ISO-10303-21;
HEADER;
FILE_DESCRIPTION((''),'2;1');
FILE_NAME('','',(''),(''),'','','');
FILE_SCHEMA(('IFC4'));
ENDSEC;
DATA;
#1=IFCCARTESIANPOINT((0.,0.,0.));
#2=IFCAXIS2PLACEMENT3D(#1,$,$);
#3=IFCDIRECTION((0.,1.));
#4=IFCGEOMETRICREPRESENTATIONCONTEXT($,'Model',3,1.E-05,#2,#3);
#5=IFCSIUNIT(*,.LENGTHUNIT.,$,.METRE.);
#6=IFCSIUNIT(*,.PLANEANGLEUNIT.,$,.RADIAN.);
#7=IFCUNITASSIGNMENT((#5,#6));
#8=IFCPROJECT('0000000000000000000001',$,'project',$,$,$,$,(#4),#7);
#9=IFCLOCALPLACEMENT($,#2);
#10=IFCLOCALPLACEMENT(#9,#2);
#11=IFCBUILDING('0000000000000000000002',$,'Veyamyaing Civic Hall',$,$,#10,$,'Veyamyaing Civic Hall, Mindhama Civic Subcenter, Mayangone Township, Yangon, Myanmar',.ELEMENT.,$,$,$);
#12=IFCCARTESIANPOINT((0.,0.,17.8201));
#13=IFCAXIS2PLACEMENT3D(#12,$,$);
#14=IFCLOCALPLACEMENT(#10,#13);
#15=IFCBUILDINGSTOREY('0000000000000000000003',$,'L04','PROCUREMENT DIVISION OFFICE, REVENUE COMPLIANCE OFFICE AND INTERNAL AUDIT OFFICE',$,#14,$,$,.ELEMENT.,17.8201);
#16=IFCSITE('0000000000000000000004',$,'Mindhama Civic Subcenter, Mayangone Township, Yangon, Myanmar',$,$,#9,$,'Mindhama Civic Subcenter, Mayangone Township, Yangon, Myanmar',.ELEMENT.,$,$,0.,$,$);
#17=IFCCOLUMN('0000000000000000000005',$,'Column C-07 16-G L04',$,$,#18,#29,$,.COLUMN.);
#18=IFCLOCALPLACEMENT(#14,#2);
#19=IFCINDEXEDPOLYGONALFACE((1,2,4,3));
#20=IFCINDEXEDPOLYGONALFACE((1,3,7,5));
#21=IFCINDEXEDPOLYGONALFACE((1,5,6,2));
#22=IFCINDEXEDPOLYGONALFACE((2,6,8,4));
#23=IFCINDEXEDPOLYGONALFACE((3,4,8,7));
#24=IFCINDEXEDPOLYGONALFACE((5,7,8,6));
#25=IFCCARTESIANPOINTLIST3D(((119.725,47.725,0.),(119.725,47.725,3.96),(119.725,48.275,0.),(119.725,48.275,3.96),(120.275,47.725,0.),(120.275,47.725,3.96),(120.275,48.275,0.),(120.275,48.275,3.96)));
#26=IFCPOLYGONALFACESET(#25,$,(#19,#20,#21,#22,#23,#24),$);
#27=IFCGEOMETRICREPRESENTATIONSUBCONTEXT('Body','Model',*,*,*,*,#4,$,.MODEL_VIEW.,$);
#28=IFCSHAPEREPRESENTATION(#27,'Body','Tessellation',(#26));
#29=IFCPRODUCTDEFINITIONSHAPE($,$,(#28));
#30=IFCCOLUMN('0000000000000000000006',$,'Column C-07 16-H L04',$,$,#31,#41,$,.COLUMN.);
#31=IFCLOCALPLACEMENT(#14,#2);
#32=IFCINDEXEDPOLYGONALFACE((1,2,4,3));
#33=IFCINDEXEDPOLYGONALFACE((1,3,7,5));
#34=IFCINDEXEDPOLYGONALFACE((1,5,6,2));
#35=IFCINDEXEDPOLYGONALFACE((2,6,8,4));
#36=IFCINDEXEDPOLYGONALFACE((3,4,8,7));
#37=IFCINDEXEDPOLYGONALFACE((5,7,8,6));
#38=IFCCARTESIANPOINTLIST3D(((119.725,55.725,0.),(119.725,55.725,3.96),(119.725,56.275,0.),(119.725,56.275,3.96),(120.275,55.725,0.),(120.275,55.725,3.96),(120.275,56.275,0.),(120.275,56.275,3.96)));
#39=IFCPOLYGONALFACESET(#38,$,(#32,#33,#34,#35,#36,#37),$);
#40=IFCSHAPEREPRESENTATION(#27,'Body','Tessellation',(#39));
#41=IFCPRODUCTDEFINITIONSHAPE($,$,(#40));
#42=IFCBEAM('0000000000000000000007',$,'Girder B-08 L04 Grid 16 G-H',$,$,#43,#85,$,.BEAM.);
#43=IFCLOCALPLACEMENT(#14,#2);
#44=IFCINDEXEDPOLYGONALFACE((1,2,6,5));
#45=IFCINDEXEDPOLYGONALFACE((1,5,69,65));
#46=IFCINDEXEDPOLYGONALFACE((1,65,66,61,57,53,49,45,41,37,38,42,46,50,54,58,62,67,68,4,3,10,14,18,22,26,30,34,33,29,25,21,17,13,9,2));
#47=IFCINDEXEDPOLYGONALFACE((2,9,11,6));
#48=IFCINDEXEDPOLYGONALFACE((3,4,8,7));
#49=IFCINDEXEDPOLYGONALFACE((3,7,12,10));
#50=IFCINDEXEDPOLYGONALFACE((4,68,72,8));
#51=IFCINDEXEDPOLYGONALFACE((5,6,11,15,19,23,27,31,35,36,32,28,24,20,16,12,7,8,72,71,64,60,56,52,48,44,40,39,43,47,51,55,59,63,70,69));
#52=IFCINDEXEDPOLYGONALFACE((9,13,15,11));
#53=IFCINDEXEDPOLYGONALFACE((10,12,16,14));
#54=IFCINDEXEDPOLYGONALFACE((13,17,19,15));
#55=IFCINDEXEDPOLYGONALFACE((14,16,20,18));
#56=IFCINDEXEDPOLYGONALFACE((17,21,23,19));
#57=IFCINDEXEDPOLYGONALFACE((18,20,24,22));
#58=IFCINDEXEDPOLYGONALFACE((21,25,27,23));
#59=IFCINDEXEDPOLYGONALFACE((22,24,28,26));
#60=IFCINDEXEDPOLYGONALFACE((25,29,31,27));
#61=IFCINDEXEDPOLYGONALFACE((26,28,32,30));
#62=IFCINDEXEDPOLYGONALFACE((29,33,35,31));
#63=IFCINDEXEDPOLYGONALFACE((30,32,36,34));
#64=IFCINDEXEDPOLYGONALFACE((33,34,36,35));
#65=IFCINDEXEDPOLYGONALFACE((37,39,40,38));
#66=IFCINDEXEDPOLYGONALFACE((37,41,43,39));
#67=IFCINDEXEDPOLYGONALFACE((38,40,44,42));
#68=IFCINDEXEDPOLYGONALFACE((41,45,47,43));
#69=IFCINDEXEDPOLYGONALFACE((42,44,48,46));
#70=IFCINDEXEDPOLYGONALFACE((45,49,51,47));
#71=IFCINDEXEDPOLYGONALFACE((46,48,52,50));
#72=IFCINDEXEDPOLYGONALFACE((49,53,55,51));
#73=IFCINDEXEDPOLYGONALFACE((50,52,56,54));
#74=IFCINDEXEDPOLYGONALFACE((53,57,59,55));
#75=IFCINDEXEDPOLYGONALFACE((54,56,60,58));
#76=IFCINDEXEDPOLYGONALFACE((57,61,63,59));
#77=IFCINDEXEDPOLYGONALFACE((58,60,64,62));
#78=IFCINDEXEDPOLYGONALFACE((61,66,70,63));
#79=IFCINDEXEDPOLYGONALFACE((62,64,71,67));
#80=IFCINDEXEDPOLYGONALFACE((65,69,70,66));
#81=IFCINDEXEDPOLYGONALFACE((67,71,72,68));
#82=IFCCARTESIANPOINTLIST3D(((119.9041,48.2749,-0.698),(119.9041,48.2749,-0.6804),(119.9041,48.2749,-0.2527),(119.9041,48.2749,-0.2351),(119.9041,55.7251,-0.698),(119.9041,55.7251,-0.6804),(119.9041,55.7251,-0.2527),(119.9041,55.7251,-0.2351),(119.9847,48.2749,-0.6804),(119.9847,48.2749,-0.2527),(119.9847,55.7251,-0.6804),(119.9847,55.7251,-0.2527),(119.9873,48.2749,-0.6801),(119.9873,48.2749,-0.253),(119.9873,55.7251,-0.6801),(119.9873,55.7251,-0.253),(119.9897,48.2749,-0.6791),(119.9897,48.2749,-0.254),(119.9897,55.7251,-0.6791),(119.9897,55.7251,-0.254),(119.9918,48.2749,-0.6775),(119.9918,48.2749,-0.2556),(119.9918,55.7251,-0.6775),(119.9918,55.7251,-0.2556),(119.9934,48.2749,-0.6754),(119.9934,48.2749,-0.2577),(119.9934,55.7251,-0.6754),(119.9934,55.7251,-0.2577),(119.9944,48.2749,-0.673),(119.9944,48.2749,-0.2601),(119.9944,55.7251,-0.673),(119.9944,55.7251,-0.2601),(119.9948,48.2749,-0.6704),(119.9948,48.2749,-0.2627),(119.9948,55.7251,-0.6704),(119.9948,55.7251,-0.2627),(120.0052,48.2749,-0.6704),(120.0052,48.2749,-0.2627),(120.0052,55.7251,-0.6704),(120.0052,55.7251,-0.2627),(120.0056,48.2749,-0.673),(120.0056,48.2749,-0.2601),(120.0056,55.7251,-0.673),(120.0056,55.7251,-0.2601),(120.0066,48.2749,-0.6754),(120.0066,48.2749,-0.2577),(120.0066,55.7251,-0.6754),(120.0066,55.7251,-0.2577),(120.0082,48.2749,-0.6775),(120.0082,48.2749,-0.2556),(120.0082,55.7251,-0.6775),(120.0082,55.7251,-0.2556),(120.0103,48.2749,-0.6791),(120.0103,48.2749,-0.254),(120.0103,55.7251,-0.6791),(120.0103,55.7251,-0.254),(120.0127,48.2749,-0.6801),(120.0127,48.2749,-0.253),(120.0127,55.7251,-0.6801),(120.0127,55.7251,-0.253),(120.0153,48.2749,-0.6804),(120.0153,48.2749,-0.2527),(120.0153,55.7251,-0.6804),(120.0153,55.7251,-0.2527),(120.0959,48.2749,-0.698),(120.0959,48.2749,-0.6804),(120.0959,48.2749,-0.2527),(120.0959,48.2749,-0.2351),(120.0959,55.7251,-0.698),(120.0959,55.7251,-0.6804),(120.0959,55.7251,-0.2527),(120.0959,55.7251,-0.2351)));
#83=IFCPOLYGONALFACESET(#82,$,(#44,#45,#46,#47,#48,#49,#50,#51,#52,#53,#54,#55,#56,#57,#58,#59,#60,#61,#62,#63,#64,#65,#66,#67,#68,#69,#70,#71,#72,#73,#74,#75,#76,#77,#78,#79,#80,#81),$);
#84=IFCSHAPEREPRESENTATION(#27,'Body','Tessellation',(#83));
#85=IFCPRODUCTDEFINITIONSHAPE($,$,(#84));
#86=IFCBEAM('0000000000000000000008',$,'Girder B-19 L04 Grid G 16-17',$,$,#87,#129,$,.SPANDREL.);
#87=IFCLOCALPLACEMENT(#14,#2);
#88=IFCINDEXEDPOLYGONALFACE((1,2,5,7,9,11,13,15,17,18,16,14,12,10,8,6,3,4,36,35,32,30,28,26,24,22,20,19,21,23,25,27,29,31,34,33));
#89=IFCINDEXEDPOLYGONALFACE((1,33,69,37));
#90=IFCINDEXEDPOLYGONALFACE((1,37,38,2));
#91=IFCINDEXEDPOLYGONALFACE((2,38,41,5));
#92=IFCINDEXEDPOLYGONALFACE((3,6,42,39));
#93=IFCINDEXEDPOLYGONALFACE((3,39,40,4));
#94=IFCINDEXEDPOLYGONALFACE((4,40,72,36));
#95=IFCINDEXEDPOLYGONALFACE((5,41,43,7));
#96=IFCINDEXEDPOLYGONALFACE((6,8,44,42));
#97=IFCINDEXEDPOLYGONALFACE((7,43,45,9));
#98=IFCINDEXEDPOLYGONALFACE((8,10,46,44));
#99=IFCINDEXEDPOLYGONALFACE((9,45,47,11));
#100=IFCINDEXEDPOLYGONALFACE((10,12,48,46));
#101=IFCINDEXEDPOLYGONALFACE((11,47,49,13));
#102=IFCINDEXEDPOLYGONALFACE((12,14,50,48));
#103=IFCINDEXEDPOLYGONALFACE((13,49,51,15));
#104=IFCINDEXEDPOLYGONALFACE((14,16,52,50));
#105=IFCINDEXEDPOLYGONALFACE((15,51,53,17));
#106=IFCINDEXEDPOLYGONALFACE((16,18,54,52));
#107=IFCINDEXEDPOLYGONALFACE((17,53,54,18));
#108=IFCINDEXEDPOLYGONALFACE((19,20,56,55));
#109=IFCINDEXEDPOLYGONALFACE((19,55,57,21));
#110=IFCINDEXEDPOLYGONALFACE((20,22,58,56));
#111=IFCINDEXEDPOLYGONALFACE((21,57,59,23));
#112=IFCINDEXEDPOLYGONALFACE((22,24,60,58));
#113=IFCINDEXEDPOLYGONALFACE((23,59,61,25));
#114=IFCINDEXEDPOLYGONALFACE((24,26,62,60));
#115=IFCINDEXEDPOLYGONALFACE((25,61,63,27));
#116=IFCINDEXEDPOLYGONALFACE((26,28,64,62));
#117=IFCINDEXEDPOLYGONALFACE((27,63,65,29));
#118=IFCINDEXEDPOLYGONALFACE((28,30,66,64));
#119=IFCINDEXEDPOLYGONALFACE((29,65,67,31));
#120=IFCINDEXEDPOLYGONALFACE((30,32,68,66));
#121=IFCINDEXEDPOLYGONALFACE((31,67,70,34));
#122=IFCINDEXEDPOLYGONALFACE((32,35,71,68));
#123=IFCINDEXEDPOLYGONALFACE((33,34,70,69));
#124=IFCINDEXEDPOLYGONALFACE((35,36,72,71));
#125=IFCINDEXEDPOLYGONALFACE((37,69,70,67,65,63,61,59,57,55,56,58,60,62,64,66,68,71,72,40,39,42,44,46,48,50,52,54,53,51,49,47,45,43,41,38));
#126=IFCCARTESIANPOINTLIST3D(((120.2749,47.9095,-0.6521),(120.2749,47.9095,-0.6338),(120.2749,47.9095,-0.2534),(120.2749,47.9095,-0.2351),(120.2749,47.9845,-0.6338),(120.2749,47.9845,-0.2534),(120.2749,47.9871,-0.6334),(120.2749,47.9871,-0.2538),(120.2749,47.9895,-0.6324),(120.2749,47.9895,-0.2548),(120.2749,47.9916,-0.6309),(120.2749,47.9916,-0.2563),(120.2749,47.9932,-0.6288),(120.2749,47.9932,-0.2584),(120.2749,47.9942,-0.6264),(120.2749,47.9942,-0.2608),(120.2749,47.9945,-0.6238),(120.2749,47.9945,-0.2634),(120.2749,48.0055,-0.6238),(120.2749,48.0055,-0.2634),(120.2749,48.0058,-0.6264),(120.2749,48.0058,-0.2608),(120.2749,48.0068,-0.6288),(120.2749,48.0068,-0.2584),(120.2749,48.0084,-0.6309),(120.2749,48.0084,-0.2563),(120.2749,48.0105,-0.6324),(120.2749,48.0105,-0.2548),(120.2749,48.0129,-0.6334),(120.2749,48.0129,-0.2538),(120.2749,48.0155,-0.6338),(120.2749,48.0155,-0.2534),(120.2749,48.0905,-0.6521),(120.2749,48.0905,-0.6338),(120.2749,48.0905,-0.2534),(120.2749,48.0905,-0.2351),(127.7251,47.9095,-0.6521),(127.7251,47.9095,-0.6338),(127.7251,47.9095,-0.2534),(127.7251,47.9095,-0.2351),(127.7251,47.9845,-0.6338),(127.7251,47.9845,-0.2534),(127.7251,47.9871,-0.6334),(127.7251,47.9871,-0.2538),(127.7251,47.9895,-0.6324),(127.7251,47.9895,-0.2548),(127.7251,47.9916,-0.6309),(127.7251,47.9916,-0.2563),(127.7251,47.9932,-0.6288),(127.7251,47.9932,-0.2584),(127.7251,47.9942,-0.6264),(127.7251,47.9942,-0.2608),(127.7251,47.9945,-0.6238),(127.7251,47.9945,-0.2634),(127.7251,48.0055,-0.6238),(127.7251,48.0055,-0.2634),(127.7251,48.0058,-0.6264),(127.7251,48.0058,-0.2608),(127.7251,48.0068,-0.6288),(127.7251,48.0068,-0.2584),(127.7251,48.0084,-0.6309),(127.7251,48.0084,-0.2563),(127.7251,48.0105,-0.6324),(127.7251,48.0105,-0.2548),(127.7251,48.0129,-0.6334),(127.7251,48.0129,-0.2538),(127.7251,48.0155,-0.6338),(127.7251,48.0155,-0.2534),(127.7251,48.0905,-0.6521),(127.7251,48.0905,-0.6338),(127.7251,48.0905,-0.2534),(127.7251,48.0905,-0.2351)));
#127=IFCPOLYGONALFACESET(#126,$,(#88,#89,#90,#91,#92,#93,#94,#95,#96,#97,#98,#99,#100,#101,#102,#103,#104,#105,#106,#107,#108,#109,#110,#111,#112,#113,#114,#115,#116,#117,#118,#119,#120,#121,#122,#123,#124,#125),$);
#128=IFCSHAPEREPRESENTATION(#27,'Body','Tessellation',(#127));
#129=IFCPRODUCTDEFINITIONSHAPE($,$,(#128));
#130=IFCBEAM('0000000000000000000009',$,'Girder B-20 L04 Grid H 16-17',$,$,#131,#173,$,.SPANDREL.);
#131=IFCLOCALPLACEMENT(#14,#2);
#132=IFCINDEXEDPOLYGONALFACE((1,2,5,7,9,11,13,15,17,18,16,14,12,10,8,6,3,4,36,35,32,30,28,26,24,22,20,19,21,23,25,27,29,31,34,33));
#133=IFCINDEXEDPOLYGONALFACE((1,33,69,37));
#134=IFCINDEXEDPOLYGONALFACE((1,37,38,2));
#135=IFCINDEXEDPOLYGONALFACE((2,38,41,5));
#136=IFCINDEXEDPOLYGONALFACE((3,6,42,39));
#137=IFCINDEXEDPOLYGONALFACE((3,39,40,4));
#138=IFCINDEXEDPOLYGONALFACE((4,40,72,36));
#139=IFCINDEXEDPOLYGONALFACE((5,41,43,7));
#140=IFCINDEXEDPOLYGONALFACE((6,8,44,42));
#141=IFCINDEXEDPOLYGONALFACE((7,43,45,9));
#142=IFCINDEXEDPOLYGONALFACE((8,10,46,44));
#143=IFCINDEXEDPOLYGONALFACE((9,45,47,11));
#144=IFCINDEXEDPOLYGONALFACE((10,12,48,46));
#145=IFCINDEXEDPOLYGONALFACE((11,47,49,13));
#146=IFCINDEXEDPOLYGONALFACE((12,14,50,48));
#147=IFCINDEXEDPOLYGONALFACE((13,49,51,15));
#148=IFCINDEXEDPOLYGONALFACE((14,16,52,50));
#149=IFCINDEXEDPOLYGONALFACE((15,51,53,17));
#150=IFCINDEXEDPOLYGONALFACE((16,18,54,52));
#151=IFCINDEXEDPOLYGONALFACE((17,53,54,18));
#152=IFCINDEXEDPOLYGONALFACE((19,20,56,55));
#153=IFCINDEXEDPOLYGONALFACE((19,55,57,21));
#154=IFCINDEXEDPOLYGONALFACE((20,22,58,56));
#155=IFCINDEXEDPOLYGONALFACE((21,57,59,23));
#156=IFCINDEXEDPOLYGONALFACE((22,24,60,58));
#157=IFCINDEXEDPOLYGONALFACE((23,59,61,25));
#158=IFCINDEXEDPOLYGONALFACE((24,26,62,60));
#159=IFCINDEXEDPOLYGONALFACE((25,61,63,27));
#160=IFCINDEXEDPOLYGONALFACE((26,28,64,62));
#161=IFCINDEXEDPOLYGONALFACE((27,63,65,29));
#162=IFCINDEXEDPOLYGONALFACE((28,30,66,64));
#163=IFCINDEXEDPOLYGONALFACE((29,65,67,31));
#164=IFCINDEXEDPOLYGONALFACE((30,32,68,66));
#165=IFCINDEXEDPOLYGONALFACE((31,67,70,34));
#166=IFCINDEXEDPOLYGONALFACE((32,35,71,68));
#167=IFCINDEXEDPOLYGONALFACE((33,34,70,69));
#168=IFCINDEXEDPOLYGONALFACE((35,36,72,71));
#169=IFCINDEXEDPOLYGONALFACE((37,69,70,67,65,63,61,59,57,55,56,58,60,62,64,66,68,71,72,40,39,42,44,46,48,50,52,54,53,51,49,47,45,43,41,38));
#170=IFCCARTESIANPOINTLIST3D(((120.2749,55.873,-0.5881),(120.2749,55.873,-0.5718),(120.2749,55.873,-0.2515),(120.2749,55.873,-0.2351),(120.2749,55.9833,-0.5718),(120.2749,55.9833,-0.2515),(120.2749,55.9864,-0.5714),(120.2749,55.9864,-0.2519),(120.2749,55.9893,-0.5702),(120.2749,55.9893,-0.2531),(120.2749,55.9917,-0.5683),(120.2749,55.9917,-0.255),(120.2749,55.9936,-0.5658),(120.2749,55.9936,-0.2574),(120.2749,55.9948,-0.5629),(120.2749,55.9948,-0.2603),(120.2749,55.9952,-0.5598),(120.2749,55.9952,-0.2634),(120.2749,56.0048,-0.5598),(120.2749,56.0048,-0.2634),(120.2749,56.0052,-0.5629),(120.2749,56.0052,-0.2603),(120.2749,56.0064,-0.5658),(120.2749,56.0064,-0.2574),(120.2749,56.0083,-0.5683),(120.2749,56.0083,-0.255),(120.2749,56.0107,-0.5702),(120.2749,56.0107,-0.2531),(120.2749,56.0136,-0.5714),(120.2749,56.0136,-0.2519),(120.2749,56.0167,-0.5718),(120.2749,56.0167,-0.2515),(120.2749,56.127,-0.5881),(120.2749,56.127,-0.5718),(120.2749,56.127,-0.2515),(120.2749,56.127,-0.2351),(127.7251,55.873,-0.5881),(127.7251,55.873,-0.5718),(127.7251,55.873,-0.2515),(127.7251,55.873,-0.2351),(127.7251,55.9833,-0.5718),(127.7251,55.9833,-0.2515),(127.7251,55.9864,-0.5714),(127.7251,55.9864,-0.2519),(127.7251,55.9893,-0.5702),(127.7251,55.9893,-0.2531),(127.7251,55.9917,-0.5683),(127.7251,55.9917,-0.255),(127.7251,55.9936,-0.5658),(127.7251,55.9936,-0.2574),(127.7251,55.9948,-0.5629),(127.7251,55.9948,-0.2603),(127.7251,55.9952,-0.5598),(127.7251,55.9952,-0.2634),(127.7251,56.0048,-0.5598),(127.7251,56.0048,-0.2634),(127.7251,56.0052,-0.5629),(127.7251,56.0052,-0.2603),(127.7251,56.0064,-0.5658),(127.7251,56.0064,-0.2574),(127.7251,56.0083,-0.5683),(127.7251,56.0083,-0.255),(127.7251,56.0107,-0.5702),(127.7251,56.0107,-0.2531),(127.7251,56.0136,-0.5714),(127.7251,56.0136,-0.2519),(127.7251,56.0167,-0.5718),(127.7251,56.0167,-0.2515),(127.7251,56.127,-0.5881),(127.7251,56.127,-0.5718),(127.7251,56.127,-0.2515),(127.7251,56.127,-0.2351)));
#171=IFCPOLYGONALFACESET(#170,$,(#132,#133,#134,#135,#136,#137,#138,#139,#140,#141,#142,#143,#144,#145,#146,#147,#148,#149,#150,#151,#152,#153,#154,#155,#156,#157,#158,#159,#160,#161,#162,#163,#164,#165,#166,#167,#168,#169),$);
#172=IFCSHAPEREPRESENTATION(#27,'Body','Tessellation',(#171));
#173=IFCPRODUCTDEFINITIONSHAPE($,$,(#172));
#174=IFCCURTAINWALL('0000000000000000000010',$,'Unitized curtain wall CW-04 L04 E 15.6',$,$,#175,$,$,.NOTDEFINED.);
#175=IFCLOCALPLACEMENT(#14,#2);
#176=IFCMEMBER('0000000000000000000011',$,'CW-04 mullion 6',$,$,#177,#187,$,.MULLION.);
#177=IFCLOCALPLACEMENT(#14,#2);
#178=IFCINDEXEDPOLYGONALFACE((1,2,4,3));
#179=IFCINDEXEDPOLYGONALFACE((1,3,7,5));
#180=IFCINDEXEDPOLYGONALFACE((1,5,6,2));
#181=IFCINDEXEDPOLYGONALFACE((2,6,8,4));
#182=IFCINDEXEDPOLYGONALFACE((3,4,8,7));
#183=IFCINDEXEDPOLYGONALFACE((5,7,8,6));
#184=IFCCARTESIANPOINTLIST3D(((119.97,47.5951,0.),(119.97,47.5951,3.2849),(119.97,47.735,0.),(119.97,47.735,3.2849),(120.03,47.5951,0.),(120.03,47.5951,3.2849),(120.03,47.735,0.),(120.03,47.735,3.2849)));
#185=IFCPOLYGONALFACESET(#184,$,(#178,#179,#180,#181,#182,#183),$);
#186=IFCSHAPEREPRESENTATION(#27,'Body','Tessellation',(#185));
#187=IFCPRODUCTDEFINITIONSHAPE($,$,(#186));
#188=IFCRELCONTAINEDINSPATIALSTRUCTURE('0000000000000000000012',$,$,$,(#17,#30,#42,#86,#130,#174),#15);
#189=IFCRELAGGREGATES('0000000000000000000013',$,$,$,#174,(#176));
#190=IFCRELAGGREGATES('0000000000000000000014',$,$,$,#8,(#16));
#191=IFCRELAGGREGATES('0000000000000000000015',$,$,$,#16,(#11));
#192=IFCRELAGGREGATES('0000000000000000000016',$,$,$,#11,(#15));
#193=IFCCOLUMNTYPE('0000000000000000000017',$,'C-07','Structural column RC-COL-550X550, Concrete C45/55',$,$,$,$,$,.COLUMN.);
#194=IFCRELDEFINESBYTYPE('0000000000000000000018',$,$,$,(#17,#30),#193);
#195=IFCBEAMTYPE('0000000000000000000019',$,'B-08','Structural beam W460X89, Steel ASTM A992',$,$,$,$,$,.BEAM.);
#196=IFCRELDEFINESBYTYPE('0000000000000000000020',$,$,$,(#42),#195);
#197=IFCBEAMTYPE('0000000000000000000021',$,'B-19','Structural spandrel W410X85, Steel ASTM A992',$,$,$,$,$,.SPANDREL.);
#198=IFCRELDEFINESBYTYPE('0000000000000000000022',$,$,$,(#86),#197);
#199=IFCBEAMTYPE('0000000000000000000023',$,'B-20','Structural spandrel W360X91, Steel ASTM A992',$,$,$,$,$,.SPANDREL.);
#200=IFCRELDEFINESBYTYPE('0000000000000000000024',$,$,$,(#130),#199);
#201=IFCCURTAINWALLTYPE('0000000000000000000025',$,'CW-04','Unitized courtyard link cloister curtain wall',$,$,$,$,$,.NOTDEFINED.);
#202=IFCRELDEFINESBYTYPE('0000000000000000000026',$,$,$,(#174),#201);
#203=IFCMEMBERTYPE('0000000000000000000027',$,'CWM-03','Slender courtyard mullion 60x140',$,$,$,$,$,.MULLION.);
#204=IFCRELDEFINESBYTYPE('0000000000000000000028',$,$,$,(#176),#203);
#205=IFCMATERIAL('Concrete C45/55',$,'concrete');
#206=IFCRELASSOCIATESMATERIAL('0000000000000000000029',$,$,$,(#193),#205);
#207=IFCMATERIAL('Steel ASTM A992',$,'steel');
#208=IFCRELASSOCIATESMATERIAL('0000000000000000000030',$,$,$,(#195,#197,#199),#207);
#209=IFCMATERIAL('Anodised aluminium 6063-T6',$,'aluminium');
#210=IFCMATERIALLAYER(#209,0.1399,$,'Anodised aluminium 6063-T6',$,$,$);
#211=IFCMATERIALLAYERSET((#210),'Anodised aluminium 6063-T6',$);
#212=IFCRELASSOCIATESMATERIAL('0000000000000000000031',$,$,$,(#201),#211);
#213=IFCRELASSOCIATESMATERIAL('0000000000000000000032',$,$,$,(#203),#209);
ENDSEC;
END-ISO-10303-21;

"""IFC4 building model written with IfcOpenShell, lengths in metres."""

from ifc_helpers import new_model, si_unit, direction, frame, origin, origin_2d, place, context, subcontext, project, spatial, rectangle, i_section, extrude, material, layer, layer_set, material_profile, profile_set, type_object, element, aggregate, save


model = new_model("IFC4")

# Units and contexts
model_context = context("Model", 3, precision=1e-05, world=origin(), true_north=direction((0.0, 1.0)))
body_context = subcontext(model_context, "Body", "Model", "MODEL_VIEW")
ifc_project = project(units=[si_unit("LENGTHUNIT", "METRE"), si_unit("PLANEANGLEUNIT", "RADIAN")], contexts=[model_context])

# Site, building, storey
site_placement = place(None, origin())
site = spatial("IfcSite", under=ifc_project, at=site_placement, Name="Mindhama Civic Subcenter, Mayangone Township, Yangon, Myanmar", LongName="Mindhama Civic Subcenter, Mayangone Township, Yangon, Myanmar", CompositionType="ELEMENT", RefElevation=0.0)
building_placement = place(site_placement, origin())
building = spatial("IfcBuilding", under=site, at=building_placement, Name="Veyamyaing Civic Hall", LongName="Veyamyaing Civic Hall, Mindhama Civic Subcenter, Mayangone Township, Yangon, Myanmar", CompositionType="ELEMENT")
storey_placement = place(building_placement, frame((0.0, 0.0, 17.8201)))
storey = spatial("IfcBuildingStorey", under=building, at=storey_placement, Name="L04", Description="PROCUREMENT DIVISION OFFICE, REVENUE COMPLIANCE OFFICE AND INTERNAL AUDIT OFFICE", CompositionType="ELEMENT", Elevation=17.8201)

# Columns
ifc_material_1 = material(Name="Concrete C45/55", Category="concrete")
ifc_material_profile_1 = material_profile(ifc_material_1, rectangle(XDim=0.55, YDim=0.55, at=origin_2d()), Name="RC-COL-550X550")
ifc_profile_set_1 = profile_set([ifc_material_profile_1], Name="Concrete C45/55")
column_type = type_object("IfcColumnType", Name="C-07", Description="Structural column RC-COL-550X550, Concrete C45/55", PredefinedType="COLUMN", material=ifc_profile_set_1)
for number, where, z_axis, x_axis, name in (
    (1, (120.0, 48.0, 0.0), (0.0, 0.0, 1.0), (1.0, 0.0, 0.0), "Column C-07 16-G L04"),
    (2, (120.0, 56.0, 0.0), (0.0, 0.0, 1.0), (1.0, 0.0, 0.0), "Column C-07 16-H L04"),
):
    element("IfcColumn", number, at=place(storey_placement, frame(where, z_axis=z_axis, x_axis=x_axis)), inside=storey, type_object=column_type, Name=name, PredefinedType="COLUMN", context=body_context, shape_type="SweptSolid", body=[
        extrude(rectangle(XDim=0.55, YDim=0.55, at=origin_2d()), origin(), (0.0, 0.0, 1.0), 3.96),
    ])

# Beams
ifc_material_2 = material(Name="Steel ASTM A992", Category="steel")
ifc_material_profile_2 = material_profile(ifc_material_2, i_section(OverallWidth=0.1919, OverallDepth=0.4629, WebThickness=0.0105, FlangeThickness=0.0176, FilletRadius=0.01, at=origin_2d()), Name="W460X89")
ifc_profile_set_2 = profile_set([ifc_material_profile_2], Name="Steel ASTM A992")
beam_type_1 = type_object("IfcBeamType", Name="B-08", Description="Structural beam W460X89, Steel ASTM A992", PredefinedType="BEAM", material=ifc_profile_set_2)
beam_1_placement = place(storey_placement, frame((120.0, 48.2749, -0.4666), z_axis=(0.0, 1.0, 0.0), x_axis=(-1.0, 0.0, 0.0)))
element("IfcBeam", 3, at=beam_1_placement, inside=storey, type_object=beam_type_1, Name="Girder B-08 L04 Grid 16 G-H", PredefinedType="BEAM", context=body_context, shape_type="SweptSolid", body=[
    extrude(i_section(OverallWidth=0.1919, OverallDepth=0.4629, WebThickness=0.0105, FlangeThickness=0.0176, FilletRadius=0.01, at=origin_2d()), origin(), (0.0, 0.0, 1.0), 7.4502),
])
ifc_material_profile_3 = material_profile(ifc_material_2, i_section(OverallWidth=0.1809, OverallDepth=0.417, WebThickness=0.011, FlangeThickness=0.0183, FilletRadius=0.01, at=origin_2d()), Name="W410X85")
ifc_profile_set_3 = profile_set([ifc_material_profile_3], Name="Steel ASTM A992")
beam_type_2 = type_object("IfcBeamType", Name="B-19", Description="Structural spandrel W410X85, Steel ASTM A992", PredefinedType="SPANDREL", material=ifc_profile_set_3)
beam_2_placement = place(storey_placement, frame((120.2749, 48.0, -0.4436), z_axis=(1.0, 0.0, 0.0), x_axis=(0.0, 1.0, 0.0)))
element("IfcBeam", 4, at=beam_2_placement, inside=storey, type_object=beam_type_2, Name="Girder B-19 L04 Grid G 16-17", PredefinedType="SPANDREL", context=body_context, shape_type="SweptSolid", body=[
    extrude(i_section(OverallWidth=0.1809, OverallDepth=0.417, WebThickness=0.011, FlangeThickness=0.0183, FilletRadius=0.01, at=origin_2d()), origin(), (0.0, 0.0, 1.0), 7.4502),
])
ifc_material_profile_4 = material_profile(ifc_material_2, i_section(OverallWidth=0.2539, OverallDepth=0.353, WebThickness=0.0095, FlangeThickness=0.0164, FilletRadius=0.012, at=origin_2d()), Name="W360X91")
ifc_profile_set_4 = profile_set([ifc_material_profile_4], Name="Steel ASTM A992")
beam_type_3 = type_object("IfcBeamType", Name="B-20", Description="Structural spandrel W360X91, Steel ASTM A992", PredefinedType="SPANDREL", material=ifc_profile_set_4)
beam_3_placement = place(storey_placement, frame((120.2749, 56.0, -0.4116), z_axis=(1.0, 0.0, 0.0), x_axis=(0.0, 1.0, 0.0)))
element("IfcBeam", 5, at=beam_3_placement, inside=storey, type_object=beam_type_3, Name="Girder B-20 L04 Grid H 16-17", PredefinedType="SPANDREL", context=body_context, shape_type="SweptSolid", body=[
    extrude(i_section(OverallWidth=0.2539, OverallDepth=0.353, WebThickness=0.0095, FlangeThickness=0.0164, FilletRadius=0.012, at=origin_2d()), origin(), (0.0, 0.0, 1.0), 7.4502),
])

# Curtain wall, member
ifc_material_3 = material(Name="Anodised aluminium 6063-T6", Category="aluminium")
ifc_layer_1 = layer(ifc_material_3, 0.1399, Name="Anodised aluminium 6063-T6")
ifc_layer_set_1 = layer_set([ifc_layer_1], Name="Anodised aluminium 6063-T6")
curtain_wall_type = type_object("IfcCurtainWallType", Name="CW-04", Description="Unitized courtyard link cloister curtain wall", PredefinedType="NOTDEFINED", material=ifc_layer_set_1)
curtain_wall_1_placement = place(storey_placement, origin())
curtain_wall_1 = element("IfcCurtainWall", 6, at=curtain_wall_1_placement, inside=storey, type_object=curtain_wall_type, Name="Unitized curtain wall CW-04 L04 E 15.6", PredefinedType="NOTDEFINED")
ifc_material_profile_5 = material_profile(ifc_material_3, rectangle(XDim=0.0601, YDim=0.1399, at=origin_2d()), Name="ALU-MUL-60X140")
ifc_profile_set_5 = profile_set([ifc_material_profile_5], Name="Anodised aluminium 6063-T6")
member_type_1 = type_object("IfcMemberType", Name="CWM-03", Description="Slender courtyard mullion 60x140", PredefinedType="MULLION", material=ifc_profile_set_5)
member_1_placement = place(storey_placement, frame((120.0, 47.665, 0.0), z_axis=(0.0, 0.0, 1.0), x_axis=(-1.0, 0.0, 0.0)))
member_1 = element("IfcMember", 7, at=member_1_placement, type_object=member_type_1, Name="CW-04 mullion 6", PredefinedType="MULLION", context=body_context, shape_type="SweptSolid", body=[
    extrude(rectangle(XDim=0.0601, YDim=0.1399, at=origin_2d()), origin(), (0.0, 0.0, 1.0), 3.2849),
])

aggregate(curtain_wall_1, [member_1])

save(model, "model.ifc")
